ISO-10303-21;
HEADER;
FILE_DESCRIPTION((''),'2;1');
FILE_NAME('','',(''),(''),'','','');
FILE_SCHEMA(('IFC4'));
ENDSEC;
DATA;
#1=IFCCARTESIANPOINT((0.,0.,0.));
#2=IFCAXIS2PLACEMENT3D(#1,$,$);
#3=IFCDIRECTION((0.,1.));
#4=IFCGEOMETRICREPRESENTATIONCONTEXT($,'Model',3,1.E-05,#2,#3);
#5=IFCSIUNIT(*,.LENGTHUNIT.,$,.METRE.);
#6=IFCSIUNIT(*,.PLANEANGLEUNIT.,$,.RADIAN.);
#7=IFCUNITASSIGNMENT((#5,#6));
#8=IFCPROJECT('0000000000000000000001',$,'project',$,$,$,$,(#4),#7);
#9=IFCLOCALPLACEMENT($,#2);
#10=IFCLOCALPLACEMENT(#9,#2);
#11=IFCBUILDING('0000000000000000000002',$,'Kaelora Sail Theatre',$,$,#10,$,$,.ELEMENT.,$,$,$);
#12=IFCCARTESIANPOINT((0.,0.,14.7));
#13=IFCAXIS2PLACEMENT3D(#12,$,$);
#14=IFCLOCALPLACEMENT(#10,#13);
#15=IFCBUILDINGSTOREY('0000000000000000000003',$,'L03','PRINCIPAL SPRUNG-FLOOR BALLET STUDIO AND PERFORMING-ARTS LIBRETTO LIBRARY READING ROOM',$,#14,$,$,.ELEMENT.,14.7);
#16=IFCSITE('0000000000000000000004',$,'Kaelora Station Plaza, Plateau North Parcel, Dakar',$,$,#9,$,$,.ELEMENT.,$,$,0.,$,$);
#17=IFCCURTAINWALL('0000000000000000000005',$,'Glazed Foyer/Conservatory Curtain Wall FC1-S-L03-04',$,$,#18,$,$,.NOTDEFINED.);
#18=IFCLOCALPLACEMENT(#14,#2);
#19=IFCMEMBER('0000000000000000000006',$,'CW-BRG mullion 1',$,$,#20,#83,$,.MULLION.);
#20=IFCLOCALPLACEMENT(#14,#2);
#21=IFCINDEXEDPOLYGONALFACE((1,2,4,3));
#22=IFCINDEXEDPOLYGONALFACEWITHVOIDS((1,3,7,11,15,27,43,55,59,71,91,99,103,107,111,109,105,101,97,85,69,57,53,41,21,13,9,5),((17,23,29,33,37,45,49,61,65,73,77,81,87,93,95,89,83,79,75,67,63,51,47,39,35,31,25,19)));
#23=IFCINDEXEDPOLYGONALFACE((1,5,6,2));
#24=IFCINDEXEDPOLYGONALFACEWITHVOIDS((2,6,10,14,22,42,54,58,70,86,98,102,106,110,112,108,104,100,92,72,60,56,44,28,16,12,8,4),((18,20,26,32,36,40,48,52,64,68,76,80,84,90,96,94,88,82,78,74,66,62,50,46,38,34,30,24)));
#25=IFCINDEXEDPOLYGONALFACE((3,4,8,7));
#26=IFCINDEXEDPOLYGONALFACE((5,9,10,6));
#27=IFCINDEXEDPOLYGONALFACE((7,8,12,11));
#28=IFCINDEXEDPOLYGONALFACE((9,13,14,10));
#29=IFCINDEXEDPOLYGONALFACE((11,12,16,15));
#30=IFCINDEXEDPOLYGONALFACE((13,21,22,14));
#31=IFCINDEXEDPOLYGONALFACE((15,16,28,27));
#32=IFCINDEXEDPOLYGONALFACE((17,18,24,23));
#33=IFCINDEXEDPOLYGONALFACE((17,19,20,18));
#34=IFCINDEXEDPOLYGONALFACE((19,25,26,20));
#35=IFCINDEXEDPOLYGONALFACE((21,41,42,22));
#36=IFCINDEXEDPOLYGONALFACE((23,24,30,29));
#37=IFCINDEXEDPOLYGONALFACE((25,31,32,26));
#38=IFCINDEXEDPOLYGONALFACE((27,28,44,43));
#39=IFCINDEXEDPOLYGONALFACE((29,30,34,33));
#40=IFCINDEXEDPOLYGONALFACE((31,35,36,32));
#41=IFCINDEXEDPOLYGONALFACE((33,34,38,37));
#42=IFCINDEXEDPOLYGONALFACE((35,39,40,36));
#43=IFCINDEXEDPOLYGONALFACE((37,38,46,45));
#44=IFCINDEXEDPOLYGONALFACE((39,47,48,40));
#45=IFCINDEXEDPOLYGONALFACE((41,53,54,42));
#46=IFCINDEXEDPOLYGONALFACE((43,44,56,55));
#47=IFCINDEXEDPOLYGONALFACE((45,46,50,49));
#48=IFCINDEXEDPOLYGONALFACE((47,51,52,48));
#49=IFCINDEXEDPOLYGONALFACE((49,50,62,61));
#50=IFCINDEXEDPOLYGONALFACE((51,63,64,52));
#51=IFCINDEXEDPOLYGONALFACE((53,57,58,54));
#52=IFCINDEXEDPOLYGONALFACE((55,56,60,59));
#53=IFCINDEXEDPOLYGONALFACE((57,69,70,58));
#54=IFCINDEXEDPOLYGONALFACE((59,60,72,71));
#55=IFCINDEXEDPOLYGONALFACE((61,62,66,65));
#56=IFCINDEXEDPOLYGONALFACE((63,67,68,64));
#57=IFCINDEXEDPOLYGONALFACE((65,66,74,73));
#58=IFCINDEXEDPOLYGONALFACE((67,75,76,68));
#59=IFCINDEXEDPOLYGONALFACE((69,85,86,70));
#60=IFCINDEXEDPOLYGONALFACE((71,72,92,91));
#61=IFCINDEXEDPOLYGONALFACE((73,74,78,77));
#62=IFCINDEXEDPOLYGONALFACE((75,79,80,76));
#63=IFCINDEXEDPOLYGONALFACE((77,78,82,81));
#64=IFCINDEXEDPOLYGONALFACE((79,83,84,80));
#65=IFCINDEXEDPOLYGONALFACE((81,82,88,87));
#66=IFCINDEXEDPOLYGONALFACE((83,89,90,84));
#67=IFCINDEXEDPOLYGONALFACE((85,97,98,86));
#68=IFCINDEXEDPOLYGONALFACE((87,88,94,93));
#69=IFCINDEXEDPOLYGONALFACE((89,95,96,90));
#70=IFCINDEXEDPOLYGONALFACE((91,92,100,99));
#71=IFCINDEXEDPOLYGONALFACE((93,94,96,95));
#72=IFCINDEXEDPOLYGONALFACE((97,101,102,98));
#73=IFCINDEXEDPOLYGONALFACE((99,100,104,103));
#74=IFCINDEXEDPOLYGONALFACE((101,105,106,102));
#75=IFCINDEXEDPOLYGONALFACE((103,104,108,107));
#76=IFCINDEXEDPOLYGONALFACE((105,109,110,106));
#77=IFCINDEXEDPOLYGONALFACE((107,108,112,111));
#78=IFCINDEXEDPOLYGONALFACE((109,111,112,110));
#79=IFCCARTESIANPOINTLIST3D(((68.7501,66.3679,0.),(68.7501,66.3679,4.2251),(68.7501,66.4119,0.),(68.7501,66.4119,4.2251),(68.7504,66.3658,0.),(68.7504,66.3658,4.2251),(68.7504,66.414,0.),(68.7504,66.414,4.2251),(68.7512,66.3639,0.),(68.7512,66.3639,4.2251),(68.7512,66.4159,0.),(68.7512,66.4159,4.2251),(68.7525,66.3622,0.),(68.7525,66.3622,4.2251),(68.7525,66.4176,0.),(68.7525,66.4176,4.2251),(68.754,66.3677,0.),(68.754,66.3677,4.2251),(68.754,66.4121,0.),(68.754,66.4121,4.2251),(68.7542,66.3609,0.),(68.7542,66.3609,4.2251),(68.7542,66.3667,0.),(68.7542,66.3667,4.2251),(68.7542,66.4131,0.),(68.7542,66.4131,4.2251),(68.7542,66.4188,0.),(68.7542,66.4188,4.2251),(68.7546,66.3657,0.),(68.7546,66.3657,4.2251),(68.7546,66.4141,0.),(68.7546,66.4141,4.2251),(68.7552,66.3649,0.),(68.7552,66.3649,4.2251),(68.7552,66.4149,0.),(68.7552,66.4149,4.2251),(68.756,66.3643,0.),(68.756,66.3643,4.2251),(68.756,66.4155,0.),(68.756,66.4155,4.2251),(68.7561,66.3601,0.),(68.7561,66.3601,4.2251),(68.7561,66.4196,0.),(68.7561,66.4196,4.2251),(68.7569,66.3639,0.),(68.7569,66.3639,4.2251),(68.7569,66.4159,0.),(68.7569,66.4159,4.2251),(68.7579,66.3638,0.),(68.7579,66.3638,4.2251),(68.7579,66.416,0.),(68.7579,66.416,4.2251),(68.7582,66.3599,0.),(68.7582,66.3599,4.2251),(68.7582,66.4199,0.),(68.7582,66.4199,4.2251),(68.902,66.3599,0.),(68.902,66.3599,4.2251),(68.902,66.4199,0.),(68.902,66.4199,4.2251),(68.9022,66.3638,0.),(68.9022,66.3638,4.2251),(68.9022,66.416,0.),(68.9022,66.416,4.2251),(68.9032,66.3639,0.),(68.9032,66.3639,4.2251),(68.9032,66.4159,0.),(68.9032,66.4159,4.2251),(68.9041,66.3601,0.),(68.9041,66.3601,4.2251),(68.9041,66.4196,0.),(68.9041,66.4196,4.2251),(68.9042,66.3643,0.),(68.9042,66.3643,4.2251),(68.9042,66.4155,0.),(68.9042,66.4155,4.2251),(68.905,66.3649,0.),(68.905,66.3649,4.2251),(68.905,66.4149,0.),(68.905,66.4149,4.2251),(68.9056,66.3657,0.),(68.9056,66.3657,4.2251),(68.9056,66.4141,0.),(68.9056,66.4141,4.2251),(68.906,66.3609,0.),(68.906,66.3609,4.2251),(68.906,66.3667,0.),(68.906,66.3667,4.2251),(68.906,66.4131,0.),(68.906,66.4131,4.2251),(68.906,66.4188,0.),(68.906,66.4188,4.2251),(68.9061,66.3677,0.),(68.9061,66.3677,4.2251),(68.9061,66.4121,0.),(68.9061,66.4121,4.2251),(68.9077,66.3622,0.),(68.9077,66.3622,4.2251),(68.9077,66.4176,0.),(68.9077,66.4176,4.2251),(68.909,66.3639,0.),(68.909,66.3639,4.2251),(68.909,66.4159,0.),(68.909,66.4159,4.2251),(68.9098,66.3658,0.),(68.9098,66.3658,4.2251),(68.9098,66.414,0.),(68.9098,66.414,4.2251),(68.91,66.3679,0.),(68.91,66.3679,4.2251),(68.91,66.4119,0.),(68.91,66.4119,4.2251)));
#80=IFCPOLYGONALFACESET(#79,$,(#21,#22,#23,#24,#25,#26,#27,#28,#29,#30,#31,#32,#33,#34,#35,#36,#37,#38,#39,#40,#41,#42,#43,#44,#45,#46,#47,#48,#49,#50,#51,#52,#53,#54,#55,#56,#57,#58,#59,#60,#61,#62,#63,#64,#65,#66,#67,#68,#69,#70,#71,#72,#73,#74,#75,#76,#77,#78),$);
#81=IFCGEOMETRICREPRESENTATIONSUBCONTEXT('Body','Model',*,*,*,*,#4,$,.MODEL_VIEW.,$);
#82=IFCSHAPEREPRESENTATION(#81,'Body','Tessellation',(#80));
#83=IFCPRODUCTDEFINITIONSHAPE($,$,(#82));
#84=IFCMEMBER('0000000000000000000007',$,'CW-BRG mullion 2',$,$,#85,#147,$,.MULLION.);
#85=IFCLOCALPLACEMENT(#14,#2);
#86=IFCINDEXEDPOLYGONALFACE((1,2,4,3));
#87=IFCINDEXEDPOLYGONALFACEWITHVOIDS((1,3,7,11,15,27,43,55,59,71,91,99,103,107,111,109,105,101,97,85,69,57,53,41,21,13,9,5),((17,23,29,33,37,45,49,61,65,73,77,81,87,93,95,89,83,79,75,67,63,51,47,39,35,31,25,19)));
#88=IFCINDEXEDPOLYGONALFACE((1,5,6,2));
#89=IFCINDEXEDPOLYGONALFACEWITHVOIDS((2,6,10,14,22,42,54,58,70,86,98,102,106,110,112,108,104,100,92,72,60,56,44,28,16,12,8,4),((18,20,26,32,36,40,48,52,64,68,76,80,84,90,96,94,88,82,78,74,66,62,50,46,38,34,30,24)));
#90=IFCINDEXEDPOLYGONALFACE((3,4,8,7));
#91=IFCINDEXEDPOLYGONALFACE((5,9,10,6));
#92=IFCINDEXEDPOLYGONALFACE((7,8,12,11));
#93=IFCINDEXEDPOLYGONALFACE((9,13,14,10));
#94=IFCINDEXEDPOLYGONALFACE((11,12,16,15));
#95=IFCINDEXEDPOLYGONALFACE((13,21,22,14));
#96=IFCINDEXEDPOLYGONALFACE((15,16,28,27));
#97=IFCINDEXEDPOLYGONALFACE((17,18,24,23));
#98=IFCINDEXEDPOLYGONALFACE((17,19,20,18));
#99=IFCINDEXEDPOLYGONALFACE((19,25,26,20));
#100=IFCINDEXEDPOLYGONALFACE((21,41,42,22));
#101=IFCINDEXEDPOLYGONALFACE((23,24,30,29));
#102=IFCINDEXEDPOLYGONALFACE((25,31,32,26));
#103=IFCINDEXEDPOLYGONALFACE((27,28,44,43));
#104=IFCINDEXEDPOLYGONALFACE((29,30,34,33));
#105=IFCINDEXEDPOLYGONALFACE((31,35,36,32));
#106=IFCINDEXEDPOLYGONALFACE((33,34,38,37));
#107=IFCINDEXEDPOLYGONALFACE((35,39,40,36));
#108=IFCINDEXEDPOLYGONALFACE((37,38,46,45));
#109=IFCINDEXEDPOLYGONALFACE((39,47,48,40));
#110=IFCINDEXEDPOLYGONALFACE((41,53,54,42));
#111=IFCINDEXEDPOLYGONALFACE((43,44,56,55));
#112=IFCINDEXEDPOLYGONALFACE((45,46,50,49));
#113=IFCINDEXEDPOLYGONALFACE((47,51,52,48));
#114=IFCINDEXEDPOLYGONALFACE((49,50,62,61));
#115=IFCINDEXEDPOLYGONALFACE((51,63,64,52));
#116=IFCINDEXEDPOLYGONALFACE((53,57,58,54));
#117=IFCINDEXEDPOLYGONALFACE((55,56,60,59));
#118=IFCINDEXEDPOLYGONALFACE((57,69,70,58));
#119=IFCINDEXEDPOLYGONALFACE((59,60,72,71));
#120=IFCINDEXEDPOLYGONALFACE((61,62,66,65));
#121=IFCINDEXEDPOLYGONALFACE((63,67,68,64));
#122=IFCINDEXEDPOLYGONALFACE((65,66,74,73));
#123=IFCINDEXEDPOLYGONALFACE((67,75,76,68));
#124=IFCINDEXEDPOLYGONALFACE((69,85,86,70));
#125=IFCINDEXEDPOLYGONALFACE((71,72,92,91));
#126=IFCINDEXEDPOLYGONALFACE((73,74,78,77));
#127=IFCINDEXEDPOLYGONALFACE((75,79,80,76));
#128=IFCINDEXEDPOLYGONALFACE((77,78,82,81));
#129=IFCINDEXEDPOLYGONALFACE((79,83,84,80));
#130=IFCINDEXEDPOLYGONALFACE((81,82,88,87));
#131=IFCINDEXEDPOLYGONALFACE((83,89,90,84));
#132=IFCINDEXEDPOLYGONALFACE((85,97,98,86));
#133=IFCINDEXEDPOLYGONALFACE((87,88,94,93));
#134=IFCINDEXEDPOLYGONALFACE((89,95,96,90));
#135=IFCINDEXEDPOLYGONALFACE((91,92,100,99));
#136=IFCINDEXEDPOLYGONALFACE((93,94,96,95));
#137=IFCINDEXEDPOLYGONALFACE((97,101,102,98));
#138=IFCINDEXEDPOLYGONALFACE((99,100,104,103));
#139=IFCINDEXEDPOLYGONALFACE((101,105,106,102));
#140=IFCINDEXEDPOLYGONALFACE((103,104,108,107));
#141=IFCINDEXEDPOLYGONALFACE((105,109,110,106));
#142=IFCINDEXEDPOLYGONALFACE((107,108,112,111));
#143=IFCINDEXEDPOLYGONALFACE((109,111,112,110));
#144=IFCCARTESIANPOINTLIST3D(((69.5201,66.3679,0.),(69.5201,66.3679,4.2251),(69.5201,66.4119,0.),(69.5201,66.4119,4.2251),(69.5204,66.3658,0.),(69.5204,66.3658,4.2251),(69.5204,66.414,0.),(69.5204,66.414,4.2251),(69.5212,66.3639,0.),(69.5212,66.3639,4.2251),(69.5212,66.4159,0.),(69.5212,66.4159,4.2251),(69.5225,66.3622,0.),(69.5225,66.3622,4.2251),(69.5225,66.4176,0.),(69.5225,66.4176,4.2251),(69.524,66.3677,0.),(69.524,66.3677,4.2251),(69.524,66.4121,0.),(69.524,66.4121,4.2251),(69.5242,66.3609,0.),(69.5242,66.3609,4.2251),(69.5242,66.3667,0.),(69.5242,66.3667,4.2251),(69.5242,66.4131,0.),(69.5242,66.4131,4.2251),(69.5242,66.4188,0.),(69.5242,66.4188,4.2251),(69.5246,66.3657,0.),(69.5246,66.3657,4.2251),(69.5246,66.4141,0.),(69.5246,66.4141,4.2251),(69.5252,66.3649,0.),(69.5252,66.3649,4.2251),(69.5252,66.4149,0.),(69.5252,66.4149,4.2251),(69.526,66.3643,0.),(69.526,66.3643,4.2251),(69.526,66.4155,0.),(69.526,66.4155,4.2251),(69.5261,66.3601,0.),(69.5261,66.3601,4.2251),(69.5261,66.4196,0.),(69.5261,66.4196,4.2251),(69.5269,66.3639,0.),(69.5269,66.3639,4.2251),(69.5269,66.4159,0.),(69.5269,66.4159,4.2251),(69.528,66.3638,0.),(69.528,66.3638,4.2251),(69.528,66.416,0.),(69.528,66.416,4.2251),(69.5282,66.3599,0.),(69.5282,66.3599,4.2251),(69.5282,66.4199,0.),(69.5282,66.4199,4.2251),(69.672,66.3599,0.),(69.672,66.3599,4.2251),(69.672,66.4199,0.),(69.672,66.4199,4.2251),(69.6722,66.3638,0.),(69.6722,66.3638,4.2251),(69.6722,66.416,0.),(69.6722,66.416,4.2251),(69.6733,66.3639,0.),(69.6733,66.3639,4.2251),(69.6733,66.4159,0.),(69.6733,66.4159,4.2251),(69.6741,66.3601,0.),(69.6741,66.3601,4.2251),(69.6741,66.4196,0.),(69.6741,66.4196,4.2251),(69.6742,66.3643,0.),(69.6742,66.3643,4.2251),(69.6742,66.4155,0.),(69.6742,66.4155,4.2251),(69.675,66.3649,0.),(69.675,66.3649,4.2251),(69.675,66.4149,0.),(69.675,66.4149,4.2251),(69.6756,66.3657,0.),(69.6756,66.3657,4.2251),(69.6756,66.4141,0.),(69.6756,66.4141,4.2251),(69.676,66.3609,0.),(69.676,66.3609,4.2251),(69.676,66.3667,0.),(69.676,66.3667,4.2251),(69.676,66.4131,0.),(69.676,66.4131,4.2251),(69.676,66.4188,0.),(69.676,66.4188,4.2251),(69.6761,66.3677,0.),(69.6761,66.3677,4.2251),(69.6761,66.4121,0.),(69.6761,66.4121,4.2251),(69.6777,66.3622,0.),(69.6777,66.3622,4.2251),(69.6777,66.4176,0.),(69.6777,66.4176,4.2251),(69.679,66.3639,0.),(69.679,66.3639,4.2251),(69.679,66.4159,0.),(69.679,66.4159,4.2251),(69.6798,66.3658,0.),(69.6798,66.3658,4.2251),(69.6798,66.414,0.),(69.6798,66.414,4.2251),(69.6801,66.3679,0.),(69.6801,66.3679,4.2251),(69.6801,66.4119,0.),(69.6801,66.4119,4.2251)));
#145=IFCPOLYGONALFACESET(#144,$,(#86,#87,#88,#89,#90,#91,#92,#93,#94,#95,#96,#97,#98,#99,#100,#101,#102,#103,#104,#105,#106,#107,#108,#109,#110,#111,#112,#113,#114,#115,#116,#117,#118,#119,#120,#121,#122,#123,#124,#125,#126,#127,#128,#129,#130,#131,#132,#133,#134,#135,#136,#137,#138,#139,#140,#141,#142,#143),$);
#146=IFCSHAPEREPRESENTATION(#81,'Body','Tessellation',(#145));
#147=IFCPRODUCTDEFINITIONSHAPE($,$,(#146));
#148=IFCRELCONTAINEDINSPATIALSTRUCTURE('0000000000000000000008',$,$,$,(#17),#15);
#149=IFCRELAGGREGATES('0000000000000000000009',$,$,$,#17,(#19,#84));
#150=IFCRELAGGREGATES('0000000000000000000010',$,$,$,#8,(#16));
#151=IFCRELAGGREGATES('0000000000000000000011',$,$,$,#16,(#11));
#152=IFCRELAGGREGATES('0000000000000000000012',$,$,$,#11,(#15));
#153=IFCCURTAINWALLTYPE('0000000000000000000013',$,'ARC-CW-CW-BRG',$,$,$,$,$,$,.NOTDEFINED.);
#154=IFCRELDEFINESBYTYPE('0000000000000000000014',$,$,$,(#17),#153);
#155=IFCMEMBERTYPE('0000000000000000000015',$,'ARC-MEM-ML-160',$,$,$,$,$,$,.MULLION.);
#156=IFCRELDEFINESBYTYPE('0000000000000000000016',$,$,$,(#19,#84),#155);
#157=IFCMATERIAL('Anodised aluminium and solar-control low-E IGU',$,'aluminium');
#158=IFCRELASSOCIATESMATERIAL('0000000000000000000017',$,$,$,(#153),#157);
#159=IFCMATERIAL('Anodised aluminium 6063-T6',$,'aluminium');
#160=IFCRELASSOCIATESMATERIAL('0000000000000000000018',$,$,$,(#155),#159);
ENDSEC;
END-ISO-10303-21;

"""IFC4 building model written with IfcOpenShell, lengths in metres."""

from ifc_helpers import new_model, si_unit, direction, frame, origin, origin_2d, place, context, subcontext, project, spatial, hollow_rectangle, extrude, material, material_profile, profile_set, type_object, element, aggregate, save


model = new_model("IFC4")

# Units and contexts
model_context = context("Model", 3, precision=1e-05, world=origin(), true_north=direction((0.0, 1.0)))
body_context = subcontext(model_context, "Body", "Model", "MODEL_VIEW")
ifc_project = project(units=[si_unit("LENGTHUNIT", "METRE"), si_unit("PLANEANGLEUNIT", "RADIAN")], contexts=[model_context])

# Site, building, storey
site_placement = place(None, origin())
site = spatial("IfcSite", under=ifc_project, at=site_placement, Name="Kaelora Station Plaza, Plateau North Parcel, Dakar", CompositionType="ELEMENT", RefElevation=0.0)
building_placement = place(site_placement, origin())
building = spatial("IfcBuilding", under=site, at=building_placement, Name="Kaelora Sail Theatre", CompositionType="ELEMENT")
storey_placement = place(building_placement, frame((0.0, 0.0, 14.7)))
storey = spatial("IfcBuildingStorey", under=building, at=storey_placement, Name="L03", Description="PRINCIPAL SPRUNG-FLOOR BALLET STUDIO AND PERFORMING-ARTS LIBRETTO LIBRARY READING ROOM", CompositionType="ELEMENT", Elevation=14.7)

# Curtain wall, members
ifc_material_1 = material(Name="Anodised aluminium and solar-control low-E IGU", Category="aluminium")
curtain_wall_type = type_object("IfcCurtainWallType", Name="ARC-CW-CW-BRG", PredefinedType="NOTDEFINED", material=ifc_material_1)
ifc_material_2 = material(Name="Anodised aluminium 6063-T6", Category="aluminium")
ifc_material_profile_1 = material_profile(ifc_material_2, hollow_rectangle(XDim=0.0601, YDim=0.1599, WallThickness=0.0039, InnerFilletRadius=0.0039, OuterFilletRadius=0.0081, at=origin_2d()), Name="ALU-MULL 60x160x4")
ifc_profile_set_1 = profile_set([ifc_material_profile_1], Name="Anodised aluminium 6063-T6")
member_type_1 = type_object("IfcMemberType", Name="ARC-MEM-ML-160", PredefinedType="MULLION", material=ifc_profile_set_1)
curtain_wall_1_placement = place(storey_placement, origin())
curtain_wall_1 = element("IfcCurtainWall", 1, at=curtain_wall_1_placement, inside=storey, type_object=curtain_wall_type, Name="Glazed Foyer/Conservatory Curtain Wall FC1-S-L03-04", PredefinedType="NOTDEFINED")
member_1_placement = place(storey_placement, frame((68.8301, 66.3899, 0.0), z_axis=(0.0, 0.0, 1.0), x_axis=(0.0, 1.0, 0.0)))
member_1 = element("IfcMember", 2, at=member_1_placement, type_object=member_type_1, Name="CW-BRG mullion 1", PredefinedType="MULLION", context=body_context, shape_type="SweptSolid", body=[
    extrude(hollow_rectangle(XDim=0.0601, YDim=0.1599, WallThickness=0.0039, InnerFilletRadius=0.0039, OuterFilletRadius=0.0081, at=origin_2d()), origin(), (0.0, 0.0, 1.0), 4.2251),
])
member_2_placement = place(storey_placement, frame((69.6001, 66.3899, 0.0), z_axis=(0.0, 0.0, 1.0), x_axis=(0.0, 1.0, 0.0)))
member_2 = element("IfcMember", 3, at=member_2_placement, type_object=member_type_1, Name="CW-BRG mullion 2", PredefinedType="MULLION", context=body_context, shape_type="SweptSolid", body=[
    extrude(hollow_rectangle(XDim=0.0601, YDim=0.1599, WallThickness=0.0039, InnerFilletRadius=0.0039, OuterFilletRadius=0.0081, at=origin_2d()), origin(), (0.0, 0.0, 1.0), 4.2251),
])

aggregate(curtain_wall_1, [member_1, member_2])

save(model, "model.ifc")
